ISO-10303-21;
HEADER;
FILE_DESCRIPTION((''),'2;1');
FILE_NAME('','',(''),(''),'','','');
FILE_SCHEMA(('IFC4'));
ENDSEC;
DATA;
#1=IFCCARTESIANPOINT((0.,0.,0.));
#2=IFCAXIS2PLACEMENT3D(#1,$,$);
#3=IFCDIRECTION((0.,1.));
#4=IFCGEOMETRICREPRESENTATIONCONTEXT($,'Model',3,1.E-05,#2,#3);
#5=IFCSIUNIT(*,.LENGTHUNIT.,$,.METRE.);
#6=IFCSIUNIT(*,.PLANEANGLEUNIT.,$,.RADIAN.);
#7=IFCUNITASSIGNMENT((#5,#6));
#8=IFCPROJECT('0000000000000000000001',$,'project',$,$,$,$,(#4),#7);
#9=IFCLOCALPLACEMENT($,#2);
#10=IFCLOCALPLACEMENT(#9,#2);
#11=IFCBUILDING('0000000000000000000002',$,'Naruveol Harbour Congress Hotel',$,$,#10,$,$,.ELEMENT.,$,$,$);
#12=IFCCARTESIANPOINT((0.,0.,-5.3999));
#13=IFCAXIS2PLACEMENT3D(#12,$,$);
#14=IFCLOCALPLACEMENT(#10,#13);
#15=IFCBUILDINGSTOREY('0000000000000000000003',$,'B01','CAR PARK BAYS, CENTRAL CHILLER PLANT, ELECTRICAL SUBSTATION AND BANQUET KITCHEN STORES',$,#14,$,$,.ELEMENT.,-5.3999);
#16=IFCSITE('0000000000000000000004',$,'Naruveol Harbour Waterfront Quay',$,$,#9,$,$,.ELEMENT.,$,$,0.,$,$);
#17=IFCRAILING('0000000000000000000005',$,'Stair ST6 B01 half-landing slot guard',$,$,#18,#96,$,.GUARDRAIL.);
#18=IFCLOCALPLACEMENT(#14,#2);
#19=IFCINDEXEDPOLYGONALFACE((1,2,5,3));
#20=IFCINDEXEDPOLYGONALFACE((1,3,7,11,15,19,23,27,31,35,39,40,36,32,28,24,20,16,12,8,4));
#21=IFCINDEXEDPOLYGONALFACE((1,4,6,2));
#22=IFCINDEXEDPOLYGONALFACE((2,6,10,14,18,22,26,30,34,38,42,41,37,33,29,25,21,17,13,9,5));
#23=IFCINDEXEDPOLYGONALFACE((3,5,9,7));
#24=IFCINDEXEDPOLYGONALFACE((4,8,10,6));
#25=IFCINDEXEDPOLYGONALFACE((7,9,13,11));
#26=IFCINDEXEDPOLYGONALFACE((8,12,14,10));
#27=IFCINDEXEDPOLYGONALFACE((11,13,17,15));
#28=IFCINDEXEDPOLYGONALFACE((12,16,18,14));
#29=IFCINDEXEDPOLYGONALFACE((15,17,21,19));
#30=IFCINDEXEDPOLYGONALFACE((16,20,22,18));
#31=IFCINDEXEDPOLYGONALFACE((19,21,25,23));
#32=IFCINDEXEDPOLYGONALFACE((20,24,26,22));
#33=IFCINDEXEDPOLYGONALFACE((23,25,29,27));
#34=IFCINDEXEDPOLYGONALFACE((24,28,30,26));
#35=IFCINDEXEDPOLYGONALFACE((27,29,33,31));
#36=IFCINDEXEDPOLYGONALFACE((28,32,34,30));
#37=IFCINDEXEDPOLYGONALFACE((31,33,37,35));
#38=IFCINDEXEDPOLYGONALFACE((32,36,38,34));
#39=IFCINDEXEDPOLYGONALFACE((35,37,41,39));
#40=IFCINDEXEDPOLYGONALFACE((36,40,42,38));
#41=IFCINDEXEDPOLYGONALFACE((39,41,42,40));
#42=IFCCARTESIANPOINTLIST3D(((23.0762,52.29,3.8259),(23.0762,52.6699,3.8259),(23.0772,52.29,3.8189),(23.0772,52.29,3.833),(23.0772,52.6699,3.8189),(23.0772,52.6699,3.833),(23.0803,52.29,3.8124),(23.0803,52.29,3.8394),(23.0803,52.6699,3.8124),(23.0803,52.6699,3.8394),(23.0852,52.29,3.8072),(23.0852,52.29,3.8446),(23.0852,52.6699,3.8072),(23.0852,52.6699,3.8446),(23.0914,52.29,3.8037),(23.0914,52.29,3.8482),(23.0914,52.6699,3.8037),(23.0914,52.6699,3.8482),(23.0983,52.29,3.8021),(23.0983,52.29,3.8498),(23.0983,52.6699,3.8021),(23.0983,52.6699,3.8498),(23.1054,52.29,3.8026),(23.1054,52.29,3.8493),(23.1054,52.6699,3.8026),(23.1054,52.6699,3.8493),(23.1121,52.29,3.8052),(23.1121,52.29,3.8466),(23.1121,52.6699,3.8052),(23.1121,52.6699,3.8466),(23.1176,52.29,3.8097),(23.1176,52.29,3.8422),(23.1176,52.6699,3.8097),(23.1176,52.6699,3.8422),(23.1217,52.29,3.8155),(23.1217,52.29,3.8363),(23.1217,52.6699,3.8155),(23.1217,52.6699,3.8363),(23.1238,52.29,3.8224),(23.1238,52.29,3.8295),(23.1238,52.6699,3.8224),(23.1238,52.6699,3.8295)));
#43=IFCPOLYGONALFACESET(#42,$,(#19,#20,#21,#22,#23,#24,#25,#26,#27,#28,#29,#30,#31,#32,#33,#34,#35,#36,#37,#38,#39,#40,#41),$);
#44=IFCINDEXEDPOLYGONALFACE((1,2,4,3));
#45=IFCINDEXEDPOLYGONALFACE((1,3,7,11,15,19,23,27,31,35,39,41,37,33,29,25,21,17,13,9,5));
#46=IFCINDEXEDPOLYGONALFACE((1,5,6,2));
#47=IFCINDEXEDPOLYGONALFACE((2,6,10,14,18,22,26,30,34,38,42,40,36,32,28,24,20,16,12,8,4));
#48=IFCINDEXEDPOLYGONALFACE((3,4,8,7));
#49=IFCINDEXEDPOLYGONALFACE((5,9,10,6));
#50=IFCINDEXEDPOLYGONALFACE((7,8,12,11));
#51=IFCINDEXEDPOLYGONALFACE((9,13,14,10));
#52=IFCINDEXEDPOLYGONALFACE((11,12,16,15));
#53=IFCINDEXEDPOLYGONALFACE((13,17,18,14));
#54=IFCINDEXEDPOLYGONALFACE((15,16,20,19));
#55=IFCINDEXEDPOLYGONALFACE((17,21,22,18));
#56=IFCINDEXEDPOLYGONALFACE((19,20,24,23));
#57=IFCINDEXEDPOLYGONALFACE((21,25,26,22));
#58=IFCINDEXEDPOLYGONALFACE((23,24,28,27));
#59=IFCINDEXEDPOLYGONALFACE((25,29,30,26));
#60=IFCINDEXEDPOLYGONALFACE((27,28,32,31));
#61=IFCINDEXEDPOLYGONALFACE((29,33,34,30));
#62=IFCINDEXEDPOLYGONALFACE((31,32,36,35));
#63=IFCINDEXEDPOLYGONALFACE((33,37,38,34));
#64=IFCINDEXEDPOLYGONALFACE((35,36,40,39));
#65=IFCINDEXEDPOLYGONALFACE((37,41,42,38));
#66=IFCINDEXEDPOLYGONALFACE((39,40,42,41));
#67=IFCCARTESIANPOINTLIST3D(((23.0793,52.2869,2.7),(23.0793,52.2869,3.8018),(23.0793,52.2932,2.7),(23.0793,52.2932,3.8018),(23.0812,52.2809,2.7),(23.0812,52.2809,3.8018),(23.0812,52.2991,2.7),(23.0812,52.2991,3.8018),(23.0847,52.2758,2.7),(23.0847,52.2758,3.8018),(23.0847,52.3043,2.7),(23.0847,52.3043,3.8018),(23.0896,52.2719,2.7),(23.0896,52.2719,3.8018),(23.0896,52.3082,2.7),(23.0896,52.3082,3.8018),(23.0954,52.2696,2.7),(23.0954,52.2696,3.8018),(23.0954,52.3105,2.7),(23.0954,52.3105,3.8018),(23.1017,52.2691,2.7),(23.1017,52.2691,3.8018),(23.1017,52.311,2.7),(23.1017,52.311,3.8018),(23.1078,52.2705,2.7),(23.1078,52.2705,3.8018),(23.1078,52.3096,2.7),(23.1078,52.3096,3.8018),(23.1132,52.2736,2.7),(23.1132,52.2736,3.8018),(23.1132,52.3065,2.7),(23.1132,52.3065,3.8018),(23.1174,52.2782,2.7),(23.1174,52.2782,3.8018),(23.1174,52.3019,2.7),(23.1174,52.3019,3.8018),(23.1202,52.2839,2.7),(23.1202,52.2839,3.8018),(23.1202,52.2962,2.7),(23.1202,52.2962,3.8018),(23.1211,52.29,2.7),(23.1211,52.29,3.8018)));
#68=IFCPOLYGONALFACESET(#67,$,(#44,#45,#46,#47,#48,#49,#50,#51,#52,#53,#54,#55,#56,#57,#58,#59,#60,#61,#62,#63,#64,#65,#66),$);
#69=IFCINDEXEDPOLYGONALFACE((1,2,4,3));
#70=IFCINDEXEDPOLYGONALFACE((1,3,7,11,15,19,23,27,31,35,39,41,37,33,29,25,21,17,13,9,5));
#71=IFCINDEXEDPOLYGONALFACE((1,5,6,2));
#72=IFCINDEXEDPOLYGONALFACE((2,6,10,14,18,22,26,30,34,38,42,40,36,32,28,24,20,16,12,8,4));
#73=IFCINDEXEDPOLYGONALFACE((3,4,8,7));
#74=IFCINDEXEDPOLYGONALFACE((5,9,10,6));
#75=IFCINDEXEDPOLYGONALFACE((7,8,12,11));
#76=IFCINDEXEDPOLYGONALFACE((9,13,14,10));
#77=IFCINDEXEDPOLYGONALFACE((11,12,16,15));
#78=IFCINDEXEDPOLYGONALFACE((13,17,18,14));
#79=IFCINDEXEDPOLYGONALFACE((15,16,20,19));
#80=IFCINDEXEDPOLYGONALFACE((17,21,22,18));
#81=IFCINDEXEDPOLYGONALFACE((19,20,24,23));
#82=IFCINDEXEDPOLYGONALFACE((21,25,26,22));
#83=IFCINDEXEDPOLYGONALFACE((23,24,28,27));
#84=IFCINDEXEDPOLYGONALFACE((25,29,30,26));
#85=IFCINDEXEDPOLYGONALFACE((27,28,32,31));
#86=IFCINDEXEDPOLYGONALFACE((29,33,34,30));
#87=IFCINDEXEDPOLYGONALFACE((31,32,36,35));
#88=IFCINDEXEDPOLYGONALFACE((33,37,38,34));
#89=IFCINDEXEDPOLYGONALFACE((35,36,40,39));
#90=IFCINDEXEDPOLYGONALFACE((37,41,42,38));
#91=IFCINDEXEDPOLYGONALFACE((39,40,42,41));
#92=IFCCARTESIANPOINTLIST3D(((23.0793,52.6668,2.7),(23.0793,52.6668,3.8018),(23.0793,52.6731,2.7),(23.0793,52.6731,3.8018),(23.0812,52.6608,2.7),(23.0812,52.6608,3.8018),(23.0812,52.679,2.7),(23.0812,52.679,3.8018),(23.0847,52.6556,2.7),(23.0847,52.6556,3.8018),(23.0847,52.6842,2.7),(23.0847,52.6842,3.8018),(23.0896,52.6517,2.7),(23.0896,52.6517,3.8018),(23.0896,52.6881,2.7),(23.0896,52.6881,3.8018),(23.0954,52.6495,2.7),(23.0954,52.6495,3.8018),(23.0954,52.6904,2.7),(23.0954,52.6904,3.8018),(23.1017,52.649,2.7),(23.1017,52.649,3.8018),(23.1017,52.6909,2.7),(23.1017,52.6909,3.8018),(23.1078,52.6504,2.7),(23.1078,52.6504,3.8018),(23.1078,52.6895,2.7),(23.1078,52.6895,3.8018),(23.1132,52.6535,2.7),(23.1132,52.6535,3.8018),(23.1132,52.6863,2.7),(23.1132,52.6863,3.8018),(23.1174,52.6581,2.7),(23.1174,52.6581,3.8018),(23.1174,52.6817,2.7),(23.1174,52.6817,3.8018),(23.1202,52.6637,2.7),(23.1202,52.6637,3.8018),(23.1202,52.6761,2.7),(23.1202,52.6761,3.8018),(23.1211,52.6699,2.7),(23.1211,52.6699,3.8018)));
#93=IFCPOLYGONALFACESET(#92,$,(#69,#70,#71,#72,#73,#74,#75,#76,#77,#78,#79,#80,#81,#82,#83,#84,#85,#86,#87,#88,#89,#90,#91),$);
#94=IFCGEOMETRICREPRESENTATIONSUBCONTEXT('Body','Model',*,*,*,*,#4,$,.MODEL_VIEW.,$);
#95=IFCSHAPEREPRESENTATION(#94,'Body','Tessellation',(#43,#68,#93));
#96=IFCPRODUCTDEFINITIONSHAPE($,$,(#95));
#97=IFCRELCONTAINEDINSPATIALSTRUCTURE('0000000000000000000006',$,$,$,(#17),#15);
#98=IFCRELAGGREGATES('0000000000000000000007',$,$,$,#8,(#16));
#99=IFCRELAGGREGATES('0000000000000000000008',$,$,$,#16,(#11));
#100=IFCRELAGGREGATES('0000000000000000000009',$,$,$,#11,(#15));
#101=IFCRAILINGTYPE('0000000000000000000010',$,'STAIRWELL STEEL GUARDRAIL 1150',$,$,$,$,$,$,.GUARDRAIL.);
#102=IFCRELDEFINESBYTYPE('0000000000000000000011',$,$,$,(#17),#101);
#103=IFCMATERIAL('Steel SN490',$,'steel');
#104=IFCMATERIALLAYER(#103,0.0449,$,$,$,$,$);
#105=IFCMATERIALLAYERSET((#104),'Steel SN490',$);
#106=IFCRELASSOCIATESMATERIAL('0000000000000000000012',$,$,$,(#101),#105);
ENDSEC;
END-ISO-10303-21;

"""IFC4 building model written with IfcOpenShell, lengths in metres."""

from ifc_helpers import new_model, si_unit, direction, frame, origin, origin_2d, place, context, subcontext, project, spatial, circle, extrude, material, layer, layer_set, type_object, element, save


model = new_model("IFC4")

# Units and contexts
model_context = context("Model", 3, precision=1e-05, world=origin(), true_north=direction((0.0, 1.0)))
body_context = subcontext(model_context, "Body", "Model", "MODEL_VIEW")
ifc_project = project(units=[si_unit("LENGTHUNIT", "METRE"), si_unit("PLANEANGLEUNIT", "RADIAN")], contexts=[model_context])

# Site, building, storey
site_placement = place(None, origin())
site = spatial("IfcSite", under=ifc_project, at=site_placement, Name="Naruveol Harbour Waterfront Quay", CompositionType="ELEMENT", RefElevation=0.0)
building_placement = place(site_placement, origin())
building = spatial("IfcBuilding", under=site, at=building_placement, Name="Naruveol Harbour Congress Hotel", CompositionType="ELEMENT")
storey_placement = place(building_placement, frame((0.0, 0.0, -5.3999)))
storey = spatial("IfcBuildingStorey", under=building, at=storey_placement, Name="B01", Description="CAR PARK BAYS, CENTRAL CHILLER PLANT, ELECTRICAL SUBSTATION AND BANQUET KITCHEN STORES", CompositionType="ELEMENT", Elevation=-5.3999)

# Railing
ifc_material_1 = material(Name="Steel SN490", Category="steel")
ifc_layer_1 = layer(ifc_material_1, 0.0449)
ifc_layer_set_1 = layer_set([ifc_layer_1], Name="Steel SN490")
railing_type_1 = type_object("IfcRailingType", Name="STAIRWELL STEEL GUARDRAIL 1150", PredefinedType="GUARDRAIL", material=ifc_layer_set_1)
railing_1_placement = place(storey_placement, frame((23.1001, 52.29, 2.7)))
element("IfcRailing", 1, at=railing_1_placement, inside=storey, type_object=railing_type_1, Name="Stair ST6 B01 half-landing slot guard", PredefinedType="GUARDRAIL", context=body_context, shape_type="SweptSolid", body=[
    extrude(circle(Radius=0.0239, at=origin_2d()), frame((0.0, 0.0, 1.126), z_axis=(0.0, 1.0, 0.0), x_axis=(-1.0, 0.0, 0.0)), (0.0, 0.0, 1.0), 0.3799),
    extrude(circle(Radius=0.021, at=origin_2d()), origin(), (0.0, 0.0, 1.0), 1.1018),
    extrude(circle(Radius=0.021, at=origin_2d()), frame((0.0, 0.3799, 0.0)), (0.0, 0.0, 1.0), 1.1018),
])

save(model, "model.ifc")
